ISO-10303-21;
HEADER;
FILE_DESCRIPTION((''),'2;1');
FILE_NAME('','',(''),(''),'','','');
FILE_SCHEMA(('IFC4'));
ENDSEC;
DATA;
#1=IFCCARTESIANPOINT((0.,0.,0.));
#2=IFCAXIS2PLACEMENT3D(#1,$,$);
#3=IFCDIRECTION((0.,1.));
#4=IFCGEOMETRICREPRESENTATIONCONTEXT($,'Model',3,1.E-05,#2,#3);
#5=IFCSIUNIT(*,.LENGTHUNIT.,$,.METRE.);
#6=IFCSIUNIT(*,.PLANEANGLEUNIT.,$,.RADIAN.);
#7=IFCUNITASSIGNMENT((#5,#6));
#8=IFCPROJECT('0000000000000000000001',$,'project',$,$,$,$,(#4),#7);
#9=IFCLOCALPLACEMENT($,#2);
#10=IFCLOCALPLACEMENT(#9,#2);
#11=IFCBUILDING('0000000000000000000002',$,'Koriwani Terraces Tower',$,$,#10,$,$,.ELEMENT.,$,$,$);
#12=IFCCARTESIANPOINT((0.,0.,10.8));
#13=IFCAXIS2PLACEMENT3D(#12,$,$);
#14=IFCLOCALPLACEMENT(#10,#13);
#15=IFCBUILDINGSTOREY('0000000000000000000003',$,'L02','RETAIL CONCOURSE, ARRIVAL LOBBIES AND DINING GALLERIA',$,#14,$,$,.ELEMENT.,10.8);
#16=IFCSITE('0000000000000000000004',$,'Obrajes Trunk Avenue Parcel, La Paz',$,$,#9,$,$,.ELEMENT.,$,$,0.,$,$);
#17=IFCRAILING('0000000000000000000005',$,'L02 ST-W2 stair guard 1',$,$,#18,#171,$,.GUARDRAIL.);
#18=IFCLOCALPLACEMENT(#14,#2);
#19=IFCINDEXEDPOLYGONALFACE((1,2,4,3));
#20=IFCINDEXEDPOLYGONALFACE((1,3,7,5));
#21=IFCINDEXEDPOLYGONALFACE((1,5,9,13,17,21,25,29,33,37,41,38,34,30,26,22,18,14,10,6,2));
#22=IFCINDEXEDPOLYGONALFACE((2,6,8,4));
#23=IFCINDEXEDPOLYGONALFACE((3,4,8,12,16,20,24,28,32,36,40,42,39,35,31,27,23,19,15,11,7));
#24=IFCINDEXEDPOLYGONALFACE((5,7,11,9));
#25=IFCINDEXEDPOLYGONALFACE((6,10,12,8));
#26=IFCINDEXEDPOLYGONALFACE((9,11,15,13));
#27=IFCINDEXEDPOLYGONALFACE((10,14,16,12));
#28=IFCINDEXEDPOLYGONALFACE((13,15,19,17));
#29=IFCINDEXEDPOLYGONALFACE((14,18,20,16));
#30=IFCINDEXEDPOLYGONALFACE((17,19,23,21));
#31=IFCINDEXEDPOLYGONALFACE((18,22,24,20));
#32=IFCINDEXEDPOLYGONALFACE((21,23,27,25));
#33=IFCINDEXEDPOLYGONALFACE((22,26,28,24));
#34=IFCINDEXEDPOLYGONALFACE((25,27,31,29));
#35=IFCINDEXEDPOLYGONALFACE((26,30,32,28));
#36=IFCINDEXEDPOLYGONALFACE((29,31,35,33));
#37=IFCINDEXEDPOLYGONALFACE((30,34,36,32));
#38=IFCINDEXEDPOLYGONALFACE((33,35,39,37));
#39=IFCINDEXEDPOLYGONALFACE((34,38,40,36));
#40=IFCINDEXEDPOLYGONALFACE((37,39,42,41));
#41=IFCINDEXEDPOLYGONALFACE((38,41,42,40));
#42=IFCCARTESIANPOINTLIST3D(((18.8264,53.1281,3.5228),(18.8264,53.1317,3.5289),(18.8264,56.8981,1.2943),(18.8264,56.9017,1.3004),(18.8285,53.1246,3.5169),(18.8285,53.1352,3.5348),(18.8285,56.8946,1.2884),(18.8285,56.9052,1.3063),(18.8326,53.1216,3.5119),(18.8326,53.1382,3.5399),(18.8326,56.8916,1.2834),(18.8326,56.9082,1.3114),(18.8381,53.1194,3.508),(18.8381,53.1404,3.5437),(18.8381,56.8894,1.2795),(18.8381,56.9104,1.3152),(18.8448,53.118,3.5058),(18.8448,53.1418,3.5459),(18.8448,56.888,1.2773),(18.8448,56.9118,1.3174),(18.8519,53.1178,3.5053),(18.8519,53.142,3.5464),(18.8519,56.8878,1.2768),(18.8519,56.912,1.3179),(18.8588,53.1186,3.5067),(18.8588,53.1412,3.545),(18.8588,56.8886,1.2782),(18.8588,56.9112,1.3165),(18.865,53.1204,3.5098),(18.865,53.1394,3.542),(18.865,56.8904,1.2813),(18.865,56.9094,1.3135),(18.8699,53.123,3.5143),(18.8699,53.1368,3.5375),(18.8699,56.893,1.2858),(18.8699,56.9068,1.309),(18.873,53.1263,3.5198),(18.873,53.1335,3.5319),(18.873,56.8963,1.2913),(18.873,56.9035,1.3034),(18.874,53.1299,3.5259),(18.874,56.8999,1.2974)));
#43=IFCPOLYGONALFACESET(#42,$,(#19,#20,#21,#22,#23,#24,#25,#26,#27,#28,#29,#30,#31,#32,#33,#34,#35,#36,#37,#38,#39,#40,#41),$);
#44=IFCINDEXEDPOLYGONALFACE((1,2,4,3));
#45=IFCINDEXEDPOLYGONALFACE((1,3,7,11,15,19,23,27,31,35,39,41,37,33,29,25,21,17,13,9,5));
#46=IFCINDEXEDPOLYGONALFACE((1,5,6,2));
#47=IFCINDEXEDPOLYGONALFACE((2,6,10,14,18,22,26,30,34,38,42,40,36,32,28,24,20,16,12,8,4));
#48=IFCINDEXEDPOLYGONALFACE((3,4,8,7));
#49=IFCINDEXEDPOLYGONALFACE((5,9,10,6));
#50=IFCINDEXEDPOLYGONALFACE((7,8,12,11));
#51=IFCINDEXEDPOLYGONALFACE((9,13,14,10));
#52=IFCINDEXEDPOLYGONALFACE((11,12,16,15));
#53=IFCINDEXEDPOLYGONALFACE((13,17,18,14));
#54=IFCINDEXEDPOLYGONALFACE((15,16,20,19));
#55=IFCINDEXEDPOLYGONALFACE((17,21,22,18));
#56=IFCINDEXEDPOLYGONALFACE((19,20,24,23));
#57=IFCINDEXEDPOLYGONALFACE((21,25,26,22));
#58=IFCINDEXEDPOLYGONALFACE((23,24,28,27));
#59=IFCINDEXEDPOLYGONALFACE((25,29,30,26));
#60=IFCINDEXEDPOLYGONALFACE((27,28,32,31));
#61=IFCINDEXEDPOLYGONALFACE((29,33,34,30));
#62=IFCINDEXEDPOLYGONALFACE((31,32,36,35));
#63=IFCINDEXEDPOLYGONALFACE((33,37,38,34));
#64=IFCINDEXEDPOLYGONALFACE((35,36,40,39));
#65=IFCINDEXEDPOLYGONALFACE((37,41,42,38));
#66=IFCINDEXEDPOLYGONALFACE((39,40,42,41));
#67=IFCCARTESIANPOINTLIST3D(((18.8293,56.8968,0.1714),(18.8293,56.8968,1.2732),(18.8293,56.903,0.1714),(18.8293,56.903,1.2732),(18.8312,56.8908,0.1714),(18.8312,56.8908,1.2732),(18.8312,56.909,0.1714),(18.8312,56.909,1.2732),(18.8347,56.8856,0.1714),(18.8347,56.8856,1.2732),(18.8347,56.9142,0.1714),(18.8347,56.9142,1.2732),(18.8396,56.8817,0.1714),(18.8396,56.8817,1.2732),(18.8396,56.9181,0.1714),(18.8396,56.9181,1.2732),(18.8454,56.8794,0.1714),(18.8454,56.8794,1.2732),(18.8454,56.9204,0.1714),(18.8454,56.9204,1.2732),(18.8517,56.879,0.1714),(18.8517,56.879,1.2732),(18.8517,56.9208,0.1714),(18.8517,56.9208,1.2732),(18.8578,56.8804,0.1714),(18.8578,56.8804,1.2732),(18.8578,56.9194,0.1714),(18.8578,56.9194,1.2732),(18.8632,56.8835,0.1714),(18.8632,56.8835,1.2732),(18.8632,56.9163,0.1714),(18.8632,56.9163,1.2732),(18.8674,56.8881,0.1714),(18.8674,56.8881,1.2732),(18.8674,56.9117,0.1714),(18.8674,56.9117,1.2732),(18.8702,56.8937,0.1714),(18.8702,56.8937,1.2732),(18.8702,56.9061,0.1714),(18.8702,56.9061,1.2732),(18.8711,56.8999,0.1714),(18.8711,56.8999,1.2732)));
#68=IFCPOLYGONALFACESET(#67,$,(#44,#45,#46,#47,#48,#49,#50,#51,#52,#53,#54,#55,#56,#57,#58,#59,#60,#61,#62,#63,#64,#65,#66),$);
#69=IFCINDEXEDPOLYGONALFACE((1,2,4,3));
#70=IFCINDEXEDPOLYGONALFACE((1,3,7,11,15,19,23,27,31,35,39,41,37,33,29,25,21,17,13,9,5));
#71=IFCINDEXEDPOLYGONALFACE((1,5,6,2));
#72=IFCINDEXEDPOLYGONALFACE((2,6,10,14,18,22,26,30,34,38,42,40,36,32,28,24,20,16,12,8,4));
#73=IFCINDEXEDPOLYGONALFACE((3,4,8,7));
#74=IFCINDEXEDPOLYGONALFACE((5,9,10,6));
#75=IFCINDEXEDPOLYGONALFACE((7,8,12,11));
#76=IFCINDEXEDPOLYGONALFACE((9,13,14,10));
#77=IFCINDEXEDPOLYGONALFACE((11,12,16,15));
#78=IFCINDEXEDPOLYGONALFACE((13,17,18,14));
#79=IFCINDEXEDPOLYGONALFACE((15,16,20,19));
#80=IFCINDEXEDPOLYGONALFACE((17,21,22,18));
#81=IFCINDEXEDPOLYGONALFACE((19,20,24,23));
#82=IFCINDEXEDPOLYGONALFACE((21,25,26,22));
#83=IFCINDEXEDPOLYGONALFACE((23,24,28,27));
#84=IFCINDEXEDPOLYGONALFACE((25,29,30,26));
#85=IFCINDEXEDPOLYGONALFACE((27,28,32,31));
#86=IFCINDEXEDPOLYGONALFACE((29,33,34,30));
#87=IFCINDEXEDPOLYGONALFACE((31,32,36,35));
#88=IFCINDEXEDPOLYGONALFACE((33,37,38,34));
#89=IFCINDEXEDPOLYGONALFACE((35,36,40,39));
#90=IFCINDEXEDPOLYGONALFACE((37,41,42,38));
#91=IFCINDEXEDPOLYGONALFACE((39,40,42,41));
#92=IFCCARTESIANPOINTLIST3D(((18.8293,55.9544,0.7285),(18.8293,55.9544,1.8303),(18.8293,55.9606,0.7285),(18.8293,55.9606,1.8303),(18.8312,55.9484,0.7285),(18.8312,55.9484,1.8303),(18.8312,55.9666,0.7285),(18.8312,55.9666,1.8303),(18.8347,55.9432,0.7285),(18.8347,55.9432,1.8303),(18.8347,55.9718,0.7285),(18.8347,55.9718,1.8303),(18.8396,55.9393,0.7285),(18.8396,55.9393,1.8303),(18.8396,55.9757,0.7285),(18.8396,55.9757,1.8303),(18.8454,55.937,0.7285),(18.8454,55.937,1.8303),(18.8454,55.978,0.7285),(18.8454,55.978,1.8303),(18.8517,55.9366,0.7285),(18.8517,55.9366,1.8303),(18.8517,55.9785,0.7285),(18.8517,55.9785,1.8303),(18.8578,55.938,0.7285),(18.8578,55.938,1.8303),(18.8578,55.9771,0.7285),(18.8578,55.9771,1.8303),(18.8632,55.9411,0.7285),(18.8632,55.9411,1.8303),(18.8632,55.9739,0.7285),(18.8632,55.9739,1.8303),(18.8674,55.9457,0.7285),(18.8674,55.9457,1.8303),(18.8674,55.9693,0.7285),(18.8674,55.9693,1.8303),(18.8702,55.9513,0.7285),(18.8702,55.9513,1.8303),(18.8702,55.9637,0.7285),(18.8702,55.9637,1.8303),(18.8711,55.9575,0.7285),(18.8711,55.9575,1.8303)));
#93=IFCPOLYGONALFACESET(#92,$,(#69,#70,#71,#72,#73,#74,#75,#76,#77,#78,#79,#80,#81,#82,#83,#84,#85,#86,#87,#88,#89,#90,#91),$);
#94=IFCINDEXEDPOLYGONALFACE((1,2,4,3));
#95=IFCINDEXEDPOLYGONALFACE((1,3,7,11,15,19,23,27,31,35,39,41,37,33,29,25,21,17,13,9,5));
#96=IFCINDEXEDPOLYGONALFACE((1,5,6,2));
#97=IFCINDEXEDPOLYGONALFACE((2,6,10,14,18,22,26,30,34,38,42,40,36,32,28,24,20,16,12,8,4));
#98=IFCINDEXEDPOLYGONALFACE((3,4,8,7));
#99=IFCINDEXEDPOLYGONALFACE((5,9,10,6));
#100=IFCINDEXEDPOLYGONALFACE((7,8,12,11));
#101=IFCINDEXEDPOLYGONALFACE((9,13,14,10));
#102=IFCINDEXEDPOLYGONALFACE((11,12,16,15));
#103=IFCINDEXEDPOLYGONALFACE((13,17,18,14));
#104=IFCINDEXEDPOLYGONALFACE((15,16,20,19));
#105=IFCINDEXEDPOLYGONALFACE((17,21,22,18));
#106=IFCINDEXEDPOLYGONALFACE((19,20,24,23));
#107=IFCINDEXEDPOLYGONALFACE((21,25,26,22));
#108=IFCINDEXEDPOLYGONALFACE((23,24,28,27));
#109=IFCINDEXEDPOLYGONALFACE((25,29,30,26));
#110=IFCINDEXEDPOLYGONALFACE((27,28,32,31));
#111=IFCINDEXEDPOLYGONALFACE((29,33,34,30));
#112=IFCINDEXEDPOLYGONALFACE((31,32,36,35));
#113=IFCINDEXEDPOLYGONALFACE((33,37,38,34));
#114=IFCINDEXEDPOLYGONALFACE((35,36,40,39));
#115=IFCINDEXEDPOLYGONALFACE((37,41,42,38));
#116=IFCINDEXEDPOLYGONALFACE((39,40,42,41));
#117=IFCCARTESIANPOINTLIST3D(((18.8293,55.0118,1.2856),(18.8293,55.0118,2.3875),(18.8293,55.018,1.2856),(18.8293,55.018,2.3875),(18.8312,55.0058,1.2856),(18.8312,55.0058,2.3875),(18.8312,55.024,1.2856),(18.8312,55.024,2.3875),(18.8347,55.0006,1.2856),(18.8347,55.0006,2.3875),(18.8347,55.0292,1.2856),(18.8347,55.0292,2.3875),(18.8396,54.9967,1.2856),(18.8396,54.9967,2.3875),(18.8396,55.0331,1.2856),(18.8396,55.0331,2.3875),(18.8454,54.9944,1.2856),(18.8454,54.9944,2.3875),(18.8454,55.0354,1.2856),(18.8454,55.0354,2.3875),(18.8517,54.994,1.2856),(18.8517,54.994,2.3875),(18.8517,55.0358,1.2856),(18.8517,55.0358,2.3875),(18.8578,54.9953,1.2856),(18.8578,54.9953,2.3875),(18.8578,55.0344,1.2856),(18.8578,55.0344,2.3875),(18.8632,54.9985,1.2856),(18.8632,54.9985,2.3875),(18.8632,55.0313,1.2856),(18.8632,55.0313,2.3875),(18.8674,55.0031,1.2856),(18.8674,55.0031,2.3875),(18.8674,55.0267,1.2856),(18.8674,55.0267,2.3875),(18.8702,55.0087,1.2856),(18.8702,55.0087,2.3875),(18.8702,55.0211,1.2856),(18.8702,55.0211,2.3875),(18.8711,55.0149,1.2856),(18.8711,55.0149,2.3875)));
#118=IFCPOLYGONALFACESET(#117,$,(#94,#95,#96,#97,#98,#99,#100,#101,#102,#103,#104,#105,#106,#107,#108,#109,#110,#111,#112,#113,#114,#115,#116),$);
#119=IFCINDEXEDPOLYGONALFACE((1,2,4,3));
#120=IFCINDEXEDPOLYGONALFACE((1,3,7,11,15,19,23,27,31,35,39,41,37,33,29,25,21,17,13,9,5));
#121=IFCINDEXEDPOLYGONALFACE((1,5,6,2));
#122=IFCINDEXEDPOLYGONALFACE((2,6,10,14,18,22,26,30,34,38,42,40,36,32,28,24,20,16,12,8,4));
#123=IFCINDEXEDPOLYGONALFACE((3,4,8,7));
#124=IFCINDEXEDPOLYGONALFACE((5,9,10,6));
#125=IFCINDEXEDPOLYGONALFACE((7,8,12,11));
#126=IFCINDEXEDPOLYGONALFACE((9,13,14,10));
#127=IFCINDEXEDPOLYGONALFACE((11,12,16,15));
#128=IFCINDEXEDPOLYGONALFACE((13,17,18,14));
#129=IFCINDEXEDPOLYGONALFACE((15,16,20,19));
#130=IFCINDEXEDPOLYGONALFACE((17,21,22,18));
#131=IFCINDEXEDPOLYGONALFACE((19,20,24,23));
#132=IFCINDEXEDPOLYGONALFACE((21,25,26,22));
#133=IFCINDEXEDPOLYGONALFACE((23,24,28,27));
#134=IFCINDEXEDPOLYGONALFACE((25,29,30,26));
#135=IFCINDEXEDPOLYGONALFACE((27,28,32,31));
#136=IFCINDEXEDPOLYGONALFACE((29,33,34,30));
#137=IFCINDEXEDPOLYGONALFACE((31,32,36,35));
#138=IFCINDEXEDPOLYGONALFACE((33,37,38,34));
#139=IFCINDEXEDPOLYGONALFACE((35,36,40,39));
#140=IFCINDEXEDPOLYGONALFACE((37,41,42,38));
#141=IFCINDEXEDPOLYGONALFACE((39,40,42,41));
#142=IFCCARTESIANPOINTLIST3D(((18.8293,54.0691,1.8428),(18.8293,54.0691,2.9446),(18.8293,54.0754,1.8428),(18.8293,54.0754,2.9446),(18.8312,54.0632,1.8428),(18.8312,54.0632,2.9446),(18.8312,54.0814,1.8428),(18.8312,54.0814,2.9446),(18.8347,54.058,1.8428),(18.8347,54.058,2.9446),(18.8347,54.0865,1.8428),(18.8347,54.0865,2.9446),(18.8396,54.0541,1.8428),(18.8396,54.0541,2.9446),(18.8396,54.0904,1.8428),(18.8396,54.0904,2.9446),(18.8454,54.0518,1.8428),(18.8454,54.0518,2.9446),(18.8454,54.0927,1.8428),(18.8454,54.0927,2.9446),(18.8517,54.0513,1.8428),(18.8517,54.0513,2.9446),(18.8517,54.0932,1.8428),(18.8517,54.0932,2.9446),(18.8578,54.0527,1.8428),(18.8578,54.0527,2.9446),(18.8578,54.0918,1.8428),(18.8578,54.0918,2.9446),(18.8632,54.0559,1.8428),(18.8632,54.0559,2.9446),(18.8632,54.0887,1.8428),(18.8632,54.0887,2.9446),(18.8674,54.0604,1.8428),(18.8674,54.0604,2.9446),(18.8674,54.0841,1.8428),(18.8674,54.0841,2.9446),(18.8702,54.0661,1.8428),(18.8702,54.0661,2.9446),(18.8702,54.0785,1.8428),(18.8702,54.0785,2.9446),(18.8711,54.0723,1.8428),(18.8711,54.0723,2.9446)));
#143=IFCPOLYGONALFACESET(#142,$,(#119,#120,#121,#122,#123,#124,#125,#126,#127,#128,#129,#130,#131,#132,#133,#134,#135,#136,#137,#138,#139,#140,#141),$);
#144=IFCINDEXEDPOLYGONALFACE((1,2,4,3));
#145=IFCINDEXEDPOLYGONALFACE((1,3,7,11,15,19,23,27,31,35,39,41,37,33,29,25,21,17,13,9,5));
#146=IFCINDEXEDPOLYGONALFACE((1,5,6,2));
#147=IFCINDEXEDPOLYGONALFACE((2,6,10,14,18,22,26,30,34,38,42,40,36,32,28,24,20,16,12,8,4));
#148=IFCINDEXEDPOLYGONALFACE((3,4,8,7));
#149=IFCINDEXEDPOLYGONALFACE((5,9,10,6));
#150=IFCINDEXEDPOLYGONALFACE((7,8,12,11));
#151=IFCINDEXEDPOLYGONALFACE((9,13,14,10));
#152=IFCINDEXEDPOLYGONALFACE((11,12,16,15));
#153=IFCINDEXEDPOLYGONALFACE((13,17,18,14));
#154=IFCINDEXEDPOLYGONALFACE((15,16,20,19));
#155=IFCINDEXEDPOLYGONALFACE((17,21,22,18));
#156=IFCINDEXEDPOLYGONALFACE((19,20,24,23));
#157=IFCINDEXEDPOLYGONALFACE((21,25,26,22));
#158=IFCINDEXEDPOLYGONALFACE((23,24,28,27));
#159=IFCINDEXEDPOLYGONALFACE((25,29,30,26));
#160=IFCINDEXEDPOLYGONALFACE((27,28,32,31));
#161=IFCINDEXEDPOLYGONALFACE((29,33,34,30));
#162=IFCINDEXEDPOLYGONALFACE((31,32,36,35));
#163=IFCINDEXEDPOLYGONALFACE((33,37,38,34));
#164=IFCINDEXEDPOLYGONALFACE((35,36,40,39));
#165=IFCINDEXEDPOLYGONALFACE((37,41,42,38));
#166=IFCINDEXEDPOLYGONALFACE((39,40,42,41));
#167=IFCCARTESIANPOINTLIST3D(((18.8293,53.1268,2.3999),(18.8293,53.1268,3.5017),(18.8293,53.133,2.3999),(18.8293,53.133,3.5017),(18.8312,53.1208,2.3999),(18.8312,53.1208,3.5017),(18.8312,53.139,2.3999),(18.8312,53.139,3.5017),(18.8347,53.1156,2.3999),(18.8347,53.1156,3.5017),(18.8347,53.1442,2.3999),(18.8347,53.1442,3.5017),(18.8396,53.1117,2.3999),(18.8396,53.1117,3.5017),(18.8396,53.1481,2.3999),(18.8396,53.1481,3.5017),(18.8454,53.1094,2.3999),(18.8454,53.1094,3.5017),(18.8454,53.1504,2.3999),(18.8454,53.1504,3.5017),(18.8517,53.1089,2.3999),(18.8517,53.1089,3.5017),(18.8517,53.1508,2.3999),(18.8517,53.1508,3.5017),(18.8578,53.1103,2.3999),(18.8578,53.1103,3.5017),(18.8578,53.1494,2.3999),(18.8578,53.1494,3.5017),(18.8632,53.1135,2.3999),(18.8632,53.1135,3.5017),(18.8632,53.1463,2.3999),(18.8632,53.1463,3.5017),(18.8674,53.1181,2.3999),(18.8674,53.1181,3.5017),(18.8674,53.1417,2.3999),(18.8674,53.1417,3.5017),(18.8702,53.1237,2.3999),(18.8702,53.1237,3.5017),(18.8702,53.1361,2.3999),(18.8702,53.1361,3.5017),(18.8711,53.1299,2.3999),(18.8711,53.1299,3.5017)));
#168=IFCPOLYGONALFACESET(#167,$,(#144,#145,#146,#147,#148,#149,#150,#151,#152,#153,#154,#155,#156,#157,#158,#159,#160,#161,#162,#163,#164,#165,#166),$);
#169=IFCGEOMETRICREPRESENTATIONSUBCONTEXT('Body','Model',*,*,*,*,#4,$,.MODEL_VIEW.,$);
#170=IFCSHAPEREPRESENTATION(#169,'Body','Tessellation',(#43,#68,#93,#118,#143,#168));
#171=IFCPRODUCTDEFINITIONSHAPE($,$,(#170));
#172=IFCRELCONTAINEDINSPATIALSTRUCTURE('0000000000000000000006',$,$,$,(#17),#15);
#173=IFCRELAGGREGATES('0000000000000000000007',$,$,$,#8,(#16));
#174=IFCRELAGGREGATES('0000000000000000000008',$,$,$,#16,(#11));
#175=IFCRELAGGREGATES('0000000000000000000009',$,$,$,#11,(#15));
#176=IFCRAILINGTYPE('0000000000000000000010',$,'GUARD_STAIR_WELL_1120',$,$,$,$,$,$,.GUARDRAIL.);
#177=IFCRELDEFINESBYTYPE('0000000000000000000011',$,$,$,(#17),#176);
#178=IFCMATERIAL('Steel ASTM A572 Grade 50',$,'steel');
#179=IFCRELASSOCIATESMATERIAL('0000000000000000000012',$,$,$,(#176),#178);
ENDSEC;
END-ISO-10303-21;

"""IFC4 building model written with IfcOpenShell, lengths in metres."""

from ifc_helpers import new_model, si_unit, direction, frame, origin, origin_2d, place, context, subcontext, project, spatial, circle, extrude, material, type_object, element, save


model = new_model("IFC4")

# Units and contexts
model_context = context("Model", 3, precision=1e-05, world=origin(), true_north=direction((0.0, 1.0)))
body_context = subcontext(model_context, "Body", "Model", "MODEL_VIEW")
ifc_project = project(units=[si_unit("LENGTHUNIT", "METRE"), si_unit("PLANEANGLEUNIT", "RADIAN")], contexts=[model_context])

# Site, building, storey
site_placement = place(None, origin())
site = spatial("IfcSite", under=ifc_project, at=site_placement, Name="Obrajes Trunk Avenue Parcel, La Paz", CompositionType="ELEMENT", RefElevation=0.0)
building_placement = place(site_placement, origin())
building = spatial("IfcBuilding", under=site, at=building_placement, Name="Koriwani Terraces Tower", CompositionType="ELEMENT")
storey_placement = place(building_placement, frame((0.0, 0.0, 10.8)))
storey = spatial("IfcBuildingStorey", under=building, at=storey_placement, Name="L02", Description="RETAIL CONCOURSE, ARRIVAL LOBBIES AND DINING GALLERIA", CompositionType="ELEMENT", Elevation=10.8)

# Shared definitions
ifc_material_1 = material(Name="Steel ASTM A572 Grade 50", Category="steel")

# Railing
railing_type_1 = type_object("IfcRailingType", Name="GUARD_STAIR_WELL_1120", PredefinedType="GUARDRAIL", material=ifc_material_1)
railing_1_placement = place(storey_placement, frame((18.8501, 56.8999, 0.1714)))
element("IfcRailing", 1, at=railing_1_placement, inside=storey, type_object=railing_type_1, Name="L02 ST-W2 stair guard 1", PredefinedType="GUARDRAIL", context=body_context, shape_type="SweptSolid", body=[
    extrude(circle(Radius=0.0239, at=origin_2d()), frame((0.0, 0.0, 1.126), z_axis=(0.0, -0.860849, 0.508861), x_axis=(1.0, 0.0, 0.0)), (0.0, 0.0, 1.0), 4.3794),
    extrude(circle(Radius=0.021, at=origin_2d()), origin(), (0.0, 0.0, 1.0), 1.1018),
    extrude(circle(Radius=0.021, at=origin_2d()), frame((0.0, -0.9424, 0.5571)), (0.0, 0.0, 1.0), 1.1018),
    extrude(circle(Radius=0.021, at=origin_2d()), frame((0.0, -1.885, 1.1143)), (0.0, 0.0, 1.0), 1.1018),
    extrude(circle(Radius=0.021, at=origin_2d()), frame((0.0, -2.8276, 1.6714)), (0.0, 0.0, 1.0), 1.1018),
    extrude(circle(Radius=0.021, at=origin_2d()), frame((0.0, -3.77, 2.2285)), (0.0, 0.0, 1.0), 1.1018),
])

save(model, "model.ifc")
